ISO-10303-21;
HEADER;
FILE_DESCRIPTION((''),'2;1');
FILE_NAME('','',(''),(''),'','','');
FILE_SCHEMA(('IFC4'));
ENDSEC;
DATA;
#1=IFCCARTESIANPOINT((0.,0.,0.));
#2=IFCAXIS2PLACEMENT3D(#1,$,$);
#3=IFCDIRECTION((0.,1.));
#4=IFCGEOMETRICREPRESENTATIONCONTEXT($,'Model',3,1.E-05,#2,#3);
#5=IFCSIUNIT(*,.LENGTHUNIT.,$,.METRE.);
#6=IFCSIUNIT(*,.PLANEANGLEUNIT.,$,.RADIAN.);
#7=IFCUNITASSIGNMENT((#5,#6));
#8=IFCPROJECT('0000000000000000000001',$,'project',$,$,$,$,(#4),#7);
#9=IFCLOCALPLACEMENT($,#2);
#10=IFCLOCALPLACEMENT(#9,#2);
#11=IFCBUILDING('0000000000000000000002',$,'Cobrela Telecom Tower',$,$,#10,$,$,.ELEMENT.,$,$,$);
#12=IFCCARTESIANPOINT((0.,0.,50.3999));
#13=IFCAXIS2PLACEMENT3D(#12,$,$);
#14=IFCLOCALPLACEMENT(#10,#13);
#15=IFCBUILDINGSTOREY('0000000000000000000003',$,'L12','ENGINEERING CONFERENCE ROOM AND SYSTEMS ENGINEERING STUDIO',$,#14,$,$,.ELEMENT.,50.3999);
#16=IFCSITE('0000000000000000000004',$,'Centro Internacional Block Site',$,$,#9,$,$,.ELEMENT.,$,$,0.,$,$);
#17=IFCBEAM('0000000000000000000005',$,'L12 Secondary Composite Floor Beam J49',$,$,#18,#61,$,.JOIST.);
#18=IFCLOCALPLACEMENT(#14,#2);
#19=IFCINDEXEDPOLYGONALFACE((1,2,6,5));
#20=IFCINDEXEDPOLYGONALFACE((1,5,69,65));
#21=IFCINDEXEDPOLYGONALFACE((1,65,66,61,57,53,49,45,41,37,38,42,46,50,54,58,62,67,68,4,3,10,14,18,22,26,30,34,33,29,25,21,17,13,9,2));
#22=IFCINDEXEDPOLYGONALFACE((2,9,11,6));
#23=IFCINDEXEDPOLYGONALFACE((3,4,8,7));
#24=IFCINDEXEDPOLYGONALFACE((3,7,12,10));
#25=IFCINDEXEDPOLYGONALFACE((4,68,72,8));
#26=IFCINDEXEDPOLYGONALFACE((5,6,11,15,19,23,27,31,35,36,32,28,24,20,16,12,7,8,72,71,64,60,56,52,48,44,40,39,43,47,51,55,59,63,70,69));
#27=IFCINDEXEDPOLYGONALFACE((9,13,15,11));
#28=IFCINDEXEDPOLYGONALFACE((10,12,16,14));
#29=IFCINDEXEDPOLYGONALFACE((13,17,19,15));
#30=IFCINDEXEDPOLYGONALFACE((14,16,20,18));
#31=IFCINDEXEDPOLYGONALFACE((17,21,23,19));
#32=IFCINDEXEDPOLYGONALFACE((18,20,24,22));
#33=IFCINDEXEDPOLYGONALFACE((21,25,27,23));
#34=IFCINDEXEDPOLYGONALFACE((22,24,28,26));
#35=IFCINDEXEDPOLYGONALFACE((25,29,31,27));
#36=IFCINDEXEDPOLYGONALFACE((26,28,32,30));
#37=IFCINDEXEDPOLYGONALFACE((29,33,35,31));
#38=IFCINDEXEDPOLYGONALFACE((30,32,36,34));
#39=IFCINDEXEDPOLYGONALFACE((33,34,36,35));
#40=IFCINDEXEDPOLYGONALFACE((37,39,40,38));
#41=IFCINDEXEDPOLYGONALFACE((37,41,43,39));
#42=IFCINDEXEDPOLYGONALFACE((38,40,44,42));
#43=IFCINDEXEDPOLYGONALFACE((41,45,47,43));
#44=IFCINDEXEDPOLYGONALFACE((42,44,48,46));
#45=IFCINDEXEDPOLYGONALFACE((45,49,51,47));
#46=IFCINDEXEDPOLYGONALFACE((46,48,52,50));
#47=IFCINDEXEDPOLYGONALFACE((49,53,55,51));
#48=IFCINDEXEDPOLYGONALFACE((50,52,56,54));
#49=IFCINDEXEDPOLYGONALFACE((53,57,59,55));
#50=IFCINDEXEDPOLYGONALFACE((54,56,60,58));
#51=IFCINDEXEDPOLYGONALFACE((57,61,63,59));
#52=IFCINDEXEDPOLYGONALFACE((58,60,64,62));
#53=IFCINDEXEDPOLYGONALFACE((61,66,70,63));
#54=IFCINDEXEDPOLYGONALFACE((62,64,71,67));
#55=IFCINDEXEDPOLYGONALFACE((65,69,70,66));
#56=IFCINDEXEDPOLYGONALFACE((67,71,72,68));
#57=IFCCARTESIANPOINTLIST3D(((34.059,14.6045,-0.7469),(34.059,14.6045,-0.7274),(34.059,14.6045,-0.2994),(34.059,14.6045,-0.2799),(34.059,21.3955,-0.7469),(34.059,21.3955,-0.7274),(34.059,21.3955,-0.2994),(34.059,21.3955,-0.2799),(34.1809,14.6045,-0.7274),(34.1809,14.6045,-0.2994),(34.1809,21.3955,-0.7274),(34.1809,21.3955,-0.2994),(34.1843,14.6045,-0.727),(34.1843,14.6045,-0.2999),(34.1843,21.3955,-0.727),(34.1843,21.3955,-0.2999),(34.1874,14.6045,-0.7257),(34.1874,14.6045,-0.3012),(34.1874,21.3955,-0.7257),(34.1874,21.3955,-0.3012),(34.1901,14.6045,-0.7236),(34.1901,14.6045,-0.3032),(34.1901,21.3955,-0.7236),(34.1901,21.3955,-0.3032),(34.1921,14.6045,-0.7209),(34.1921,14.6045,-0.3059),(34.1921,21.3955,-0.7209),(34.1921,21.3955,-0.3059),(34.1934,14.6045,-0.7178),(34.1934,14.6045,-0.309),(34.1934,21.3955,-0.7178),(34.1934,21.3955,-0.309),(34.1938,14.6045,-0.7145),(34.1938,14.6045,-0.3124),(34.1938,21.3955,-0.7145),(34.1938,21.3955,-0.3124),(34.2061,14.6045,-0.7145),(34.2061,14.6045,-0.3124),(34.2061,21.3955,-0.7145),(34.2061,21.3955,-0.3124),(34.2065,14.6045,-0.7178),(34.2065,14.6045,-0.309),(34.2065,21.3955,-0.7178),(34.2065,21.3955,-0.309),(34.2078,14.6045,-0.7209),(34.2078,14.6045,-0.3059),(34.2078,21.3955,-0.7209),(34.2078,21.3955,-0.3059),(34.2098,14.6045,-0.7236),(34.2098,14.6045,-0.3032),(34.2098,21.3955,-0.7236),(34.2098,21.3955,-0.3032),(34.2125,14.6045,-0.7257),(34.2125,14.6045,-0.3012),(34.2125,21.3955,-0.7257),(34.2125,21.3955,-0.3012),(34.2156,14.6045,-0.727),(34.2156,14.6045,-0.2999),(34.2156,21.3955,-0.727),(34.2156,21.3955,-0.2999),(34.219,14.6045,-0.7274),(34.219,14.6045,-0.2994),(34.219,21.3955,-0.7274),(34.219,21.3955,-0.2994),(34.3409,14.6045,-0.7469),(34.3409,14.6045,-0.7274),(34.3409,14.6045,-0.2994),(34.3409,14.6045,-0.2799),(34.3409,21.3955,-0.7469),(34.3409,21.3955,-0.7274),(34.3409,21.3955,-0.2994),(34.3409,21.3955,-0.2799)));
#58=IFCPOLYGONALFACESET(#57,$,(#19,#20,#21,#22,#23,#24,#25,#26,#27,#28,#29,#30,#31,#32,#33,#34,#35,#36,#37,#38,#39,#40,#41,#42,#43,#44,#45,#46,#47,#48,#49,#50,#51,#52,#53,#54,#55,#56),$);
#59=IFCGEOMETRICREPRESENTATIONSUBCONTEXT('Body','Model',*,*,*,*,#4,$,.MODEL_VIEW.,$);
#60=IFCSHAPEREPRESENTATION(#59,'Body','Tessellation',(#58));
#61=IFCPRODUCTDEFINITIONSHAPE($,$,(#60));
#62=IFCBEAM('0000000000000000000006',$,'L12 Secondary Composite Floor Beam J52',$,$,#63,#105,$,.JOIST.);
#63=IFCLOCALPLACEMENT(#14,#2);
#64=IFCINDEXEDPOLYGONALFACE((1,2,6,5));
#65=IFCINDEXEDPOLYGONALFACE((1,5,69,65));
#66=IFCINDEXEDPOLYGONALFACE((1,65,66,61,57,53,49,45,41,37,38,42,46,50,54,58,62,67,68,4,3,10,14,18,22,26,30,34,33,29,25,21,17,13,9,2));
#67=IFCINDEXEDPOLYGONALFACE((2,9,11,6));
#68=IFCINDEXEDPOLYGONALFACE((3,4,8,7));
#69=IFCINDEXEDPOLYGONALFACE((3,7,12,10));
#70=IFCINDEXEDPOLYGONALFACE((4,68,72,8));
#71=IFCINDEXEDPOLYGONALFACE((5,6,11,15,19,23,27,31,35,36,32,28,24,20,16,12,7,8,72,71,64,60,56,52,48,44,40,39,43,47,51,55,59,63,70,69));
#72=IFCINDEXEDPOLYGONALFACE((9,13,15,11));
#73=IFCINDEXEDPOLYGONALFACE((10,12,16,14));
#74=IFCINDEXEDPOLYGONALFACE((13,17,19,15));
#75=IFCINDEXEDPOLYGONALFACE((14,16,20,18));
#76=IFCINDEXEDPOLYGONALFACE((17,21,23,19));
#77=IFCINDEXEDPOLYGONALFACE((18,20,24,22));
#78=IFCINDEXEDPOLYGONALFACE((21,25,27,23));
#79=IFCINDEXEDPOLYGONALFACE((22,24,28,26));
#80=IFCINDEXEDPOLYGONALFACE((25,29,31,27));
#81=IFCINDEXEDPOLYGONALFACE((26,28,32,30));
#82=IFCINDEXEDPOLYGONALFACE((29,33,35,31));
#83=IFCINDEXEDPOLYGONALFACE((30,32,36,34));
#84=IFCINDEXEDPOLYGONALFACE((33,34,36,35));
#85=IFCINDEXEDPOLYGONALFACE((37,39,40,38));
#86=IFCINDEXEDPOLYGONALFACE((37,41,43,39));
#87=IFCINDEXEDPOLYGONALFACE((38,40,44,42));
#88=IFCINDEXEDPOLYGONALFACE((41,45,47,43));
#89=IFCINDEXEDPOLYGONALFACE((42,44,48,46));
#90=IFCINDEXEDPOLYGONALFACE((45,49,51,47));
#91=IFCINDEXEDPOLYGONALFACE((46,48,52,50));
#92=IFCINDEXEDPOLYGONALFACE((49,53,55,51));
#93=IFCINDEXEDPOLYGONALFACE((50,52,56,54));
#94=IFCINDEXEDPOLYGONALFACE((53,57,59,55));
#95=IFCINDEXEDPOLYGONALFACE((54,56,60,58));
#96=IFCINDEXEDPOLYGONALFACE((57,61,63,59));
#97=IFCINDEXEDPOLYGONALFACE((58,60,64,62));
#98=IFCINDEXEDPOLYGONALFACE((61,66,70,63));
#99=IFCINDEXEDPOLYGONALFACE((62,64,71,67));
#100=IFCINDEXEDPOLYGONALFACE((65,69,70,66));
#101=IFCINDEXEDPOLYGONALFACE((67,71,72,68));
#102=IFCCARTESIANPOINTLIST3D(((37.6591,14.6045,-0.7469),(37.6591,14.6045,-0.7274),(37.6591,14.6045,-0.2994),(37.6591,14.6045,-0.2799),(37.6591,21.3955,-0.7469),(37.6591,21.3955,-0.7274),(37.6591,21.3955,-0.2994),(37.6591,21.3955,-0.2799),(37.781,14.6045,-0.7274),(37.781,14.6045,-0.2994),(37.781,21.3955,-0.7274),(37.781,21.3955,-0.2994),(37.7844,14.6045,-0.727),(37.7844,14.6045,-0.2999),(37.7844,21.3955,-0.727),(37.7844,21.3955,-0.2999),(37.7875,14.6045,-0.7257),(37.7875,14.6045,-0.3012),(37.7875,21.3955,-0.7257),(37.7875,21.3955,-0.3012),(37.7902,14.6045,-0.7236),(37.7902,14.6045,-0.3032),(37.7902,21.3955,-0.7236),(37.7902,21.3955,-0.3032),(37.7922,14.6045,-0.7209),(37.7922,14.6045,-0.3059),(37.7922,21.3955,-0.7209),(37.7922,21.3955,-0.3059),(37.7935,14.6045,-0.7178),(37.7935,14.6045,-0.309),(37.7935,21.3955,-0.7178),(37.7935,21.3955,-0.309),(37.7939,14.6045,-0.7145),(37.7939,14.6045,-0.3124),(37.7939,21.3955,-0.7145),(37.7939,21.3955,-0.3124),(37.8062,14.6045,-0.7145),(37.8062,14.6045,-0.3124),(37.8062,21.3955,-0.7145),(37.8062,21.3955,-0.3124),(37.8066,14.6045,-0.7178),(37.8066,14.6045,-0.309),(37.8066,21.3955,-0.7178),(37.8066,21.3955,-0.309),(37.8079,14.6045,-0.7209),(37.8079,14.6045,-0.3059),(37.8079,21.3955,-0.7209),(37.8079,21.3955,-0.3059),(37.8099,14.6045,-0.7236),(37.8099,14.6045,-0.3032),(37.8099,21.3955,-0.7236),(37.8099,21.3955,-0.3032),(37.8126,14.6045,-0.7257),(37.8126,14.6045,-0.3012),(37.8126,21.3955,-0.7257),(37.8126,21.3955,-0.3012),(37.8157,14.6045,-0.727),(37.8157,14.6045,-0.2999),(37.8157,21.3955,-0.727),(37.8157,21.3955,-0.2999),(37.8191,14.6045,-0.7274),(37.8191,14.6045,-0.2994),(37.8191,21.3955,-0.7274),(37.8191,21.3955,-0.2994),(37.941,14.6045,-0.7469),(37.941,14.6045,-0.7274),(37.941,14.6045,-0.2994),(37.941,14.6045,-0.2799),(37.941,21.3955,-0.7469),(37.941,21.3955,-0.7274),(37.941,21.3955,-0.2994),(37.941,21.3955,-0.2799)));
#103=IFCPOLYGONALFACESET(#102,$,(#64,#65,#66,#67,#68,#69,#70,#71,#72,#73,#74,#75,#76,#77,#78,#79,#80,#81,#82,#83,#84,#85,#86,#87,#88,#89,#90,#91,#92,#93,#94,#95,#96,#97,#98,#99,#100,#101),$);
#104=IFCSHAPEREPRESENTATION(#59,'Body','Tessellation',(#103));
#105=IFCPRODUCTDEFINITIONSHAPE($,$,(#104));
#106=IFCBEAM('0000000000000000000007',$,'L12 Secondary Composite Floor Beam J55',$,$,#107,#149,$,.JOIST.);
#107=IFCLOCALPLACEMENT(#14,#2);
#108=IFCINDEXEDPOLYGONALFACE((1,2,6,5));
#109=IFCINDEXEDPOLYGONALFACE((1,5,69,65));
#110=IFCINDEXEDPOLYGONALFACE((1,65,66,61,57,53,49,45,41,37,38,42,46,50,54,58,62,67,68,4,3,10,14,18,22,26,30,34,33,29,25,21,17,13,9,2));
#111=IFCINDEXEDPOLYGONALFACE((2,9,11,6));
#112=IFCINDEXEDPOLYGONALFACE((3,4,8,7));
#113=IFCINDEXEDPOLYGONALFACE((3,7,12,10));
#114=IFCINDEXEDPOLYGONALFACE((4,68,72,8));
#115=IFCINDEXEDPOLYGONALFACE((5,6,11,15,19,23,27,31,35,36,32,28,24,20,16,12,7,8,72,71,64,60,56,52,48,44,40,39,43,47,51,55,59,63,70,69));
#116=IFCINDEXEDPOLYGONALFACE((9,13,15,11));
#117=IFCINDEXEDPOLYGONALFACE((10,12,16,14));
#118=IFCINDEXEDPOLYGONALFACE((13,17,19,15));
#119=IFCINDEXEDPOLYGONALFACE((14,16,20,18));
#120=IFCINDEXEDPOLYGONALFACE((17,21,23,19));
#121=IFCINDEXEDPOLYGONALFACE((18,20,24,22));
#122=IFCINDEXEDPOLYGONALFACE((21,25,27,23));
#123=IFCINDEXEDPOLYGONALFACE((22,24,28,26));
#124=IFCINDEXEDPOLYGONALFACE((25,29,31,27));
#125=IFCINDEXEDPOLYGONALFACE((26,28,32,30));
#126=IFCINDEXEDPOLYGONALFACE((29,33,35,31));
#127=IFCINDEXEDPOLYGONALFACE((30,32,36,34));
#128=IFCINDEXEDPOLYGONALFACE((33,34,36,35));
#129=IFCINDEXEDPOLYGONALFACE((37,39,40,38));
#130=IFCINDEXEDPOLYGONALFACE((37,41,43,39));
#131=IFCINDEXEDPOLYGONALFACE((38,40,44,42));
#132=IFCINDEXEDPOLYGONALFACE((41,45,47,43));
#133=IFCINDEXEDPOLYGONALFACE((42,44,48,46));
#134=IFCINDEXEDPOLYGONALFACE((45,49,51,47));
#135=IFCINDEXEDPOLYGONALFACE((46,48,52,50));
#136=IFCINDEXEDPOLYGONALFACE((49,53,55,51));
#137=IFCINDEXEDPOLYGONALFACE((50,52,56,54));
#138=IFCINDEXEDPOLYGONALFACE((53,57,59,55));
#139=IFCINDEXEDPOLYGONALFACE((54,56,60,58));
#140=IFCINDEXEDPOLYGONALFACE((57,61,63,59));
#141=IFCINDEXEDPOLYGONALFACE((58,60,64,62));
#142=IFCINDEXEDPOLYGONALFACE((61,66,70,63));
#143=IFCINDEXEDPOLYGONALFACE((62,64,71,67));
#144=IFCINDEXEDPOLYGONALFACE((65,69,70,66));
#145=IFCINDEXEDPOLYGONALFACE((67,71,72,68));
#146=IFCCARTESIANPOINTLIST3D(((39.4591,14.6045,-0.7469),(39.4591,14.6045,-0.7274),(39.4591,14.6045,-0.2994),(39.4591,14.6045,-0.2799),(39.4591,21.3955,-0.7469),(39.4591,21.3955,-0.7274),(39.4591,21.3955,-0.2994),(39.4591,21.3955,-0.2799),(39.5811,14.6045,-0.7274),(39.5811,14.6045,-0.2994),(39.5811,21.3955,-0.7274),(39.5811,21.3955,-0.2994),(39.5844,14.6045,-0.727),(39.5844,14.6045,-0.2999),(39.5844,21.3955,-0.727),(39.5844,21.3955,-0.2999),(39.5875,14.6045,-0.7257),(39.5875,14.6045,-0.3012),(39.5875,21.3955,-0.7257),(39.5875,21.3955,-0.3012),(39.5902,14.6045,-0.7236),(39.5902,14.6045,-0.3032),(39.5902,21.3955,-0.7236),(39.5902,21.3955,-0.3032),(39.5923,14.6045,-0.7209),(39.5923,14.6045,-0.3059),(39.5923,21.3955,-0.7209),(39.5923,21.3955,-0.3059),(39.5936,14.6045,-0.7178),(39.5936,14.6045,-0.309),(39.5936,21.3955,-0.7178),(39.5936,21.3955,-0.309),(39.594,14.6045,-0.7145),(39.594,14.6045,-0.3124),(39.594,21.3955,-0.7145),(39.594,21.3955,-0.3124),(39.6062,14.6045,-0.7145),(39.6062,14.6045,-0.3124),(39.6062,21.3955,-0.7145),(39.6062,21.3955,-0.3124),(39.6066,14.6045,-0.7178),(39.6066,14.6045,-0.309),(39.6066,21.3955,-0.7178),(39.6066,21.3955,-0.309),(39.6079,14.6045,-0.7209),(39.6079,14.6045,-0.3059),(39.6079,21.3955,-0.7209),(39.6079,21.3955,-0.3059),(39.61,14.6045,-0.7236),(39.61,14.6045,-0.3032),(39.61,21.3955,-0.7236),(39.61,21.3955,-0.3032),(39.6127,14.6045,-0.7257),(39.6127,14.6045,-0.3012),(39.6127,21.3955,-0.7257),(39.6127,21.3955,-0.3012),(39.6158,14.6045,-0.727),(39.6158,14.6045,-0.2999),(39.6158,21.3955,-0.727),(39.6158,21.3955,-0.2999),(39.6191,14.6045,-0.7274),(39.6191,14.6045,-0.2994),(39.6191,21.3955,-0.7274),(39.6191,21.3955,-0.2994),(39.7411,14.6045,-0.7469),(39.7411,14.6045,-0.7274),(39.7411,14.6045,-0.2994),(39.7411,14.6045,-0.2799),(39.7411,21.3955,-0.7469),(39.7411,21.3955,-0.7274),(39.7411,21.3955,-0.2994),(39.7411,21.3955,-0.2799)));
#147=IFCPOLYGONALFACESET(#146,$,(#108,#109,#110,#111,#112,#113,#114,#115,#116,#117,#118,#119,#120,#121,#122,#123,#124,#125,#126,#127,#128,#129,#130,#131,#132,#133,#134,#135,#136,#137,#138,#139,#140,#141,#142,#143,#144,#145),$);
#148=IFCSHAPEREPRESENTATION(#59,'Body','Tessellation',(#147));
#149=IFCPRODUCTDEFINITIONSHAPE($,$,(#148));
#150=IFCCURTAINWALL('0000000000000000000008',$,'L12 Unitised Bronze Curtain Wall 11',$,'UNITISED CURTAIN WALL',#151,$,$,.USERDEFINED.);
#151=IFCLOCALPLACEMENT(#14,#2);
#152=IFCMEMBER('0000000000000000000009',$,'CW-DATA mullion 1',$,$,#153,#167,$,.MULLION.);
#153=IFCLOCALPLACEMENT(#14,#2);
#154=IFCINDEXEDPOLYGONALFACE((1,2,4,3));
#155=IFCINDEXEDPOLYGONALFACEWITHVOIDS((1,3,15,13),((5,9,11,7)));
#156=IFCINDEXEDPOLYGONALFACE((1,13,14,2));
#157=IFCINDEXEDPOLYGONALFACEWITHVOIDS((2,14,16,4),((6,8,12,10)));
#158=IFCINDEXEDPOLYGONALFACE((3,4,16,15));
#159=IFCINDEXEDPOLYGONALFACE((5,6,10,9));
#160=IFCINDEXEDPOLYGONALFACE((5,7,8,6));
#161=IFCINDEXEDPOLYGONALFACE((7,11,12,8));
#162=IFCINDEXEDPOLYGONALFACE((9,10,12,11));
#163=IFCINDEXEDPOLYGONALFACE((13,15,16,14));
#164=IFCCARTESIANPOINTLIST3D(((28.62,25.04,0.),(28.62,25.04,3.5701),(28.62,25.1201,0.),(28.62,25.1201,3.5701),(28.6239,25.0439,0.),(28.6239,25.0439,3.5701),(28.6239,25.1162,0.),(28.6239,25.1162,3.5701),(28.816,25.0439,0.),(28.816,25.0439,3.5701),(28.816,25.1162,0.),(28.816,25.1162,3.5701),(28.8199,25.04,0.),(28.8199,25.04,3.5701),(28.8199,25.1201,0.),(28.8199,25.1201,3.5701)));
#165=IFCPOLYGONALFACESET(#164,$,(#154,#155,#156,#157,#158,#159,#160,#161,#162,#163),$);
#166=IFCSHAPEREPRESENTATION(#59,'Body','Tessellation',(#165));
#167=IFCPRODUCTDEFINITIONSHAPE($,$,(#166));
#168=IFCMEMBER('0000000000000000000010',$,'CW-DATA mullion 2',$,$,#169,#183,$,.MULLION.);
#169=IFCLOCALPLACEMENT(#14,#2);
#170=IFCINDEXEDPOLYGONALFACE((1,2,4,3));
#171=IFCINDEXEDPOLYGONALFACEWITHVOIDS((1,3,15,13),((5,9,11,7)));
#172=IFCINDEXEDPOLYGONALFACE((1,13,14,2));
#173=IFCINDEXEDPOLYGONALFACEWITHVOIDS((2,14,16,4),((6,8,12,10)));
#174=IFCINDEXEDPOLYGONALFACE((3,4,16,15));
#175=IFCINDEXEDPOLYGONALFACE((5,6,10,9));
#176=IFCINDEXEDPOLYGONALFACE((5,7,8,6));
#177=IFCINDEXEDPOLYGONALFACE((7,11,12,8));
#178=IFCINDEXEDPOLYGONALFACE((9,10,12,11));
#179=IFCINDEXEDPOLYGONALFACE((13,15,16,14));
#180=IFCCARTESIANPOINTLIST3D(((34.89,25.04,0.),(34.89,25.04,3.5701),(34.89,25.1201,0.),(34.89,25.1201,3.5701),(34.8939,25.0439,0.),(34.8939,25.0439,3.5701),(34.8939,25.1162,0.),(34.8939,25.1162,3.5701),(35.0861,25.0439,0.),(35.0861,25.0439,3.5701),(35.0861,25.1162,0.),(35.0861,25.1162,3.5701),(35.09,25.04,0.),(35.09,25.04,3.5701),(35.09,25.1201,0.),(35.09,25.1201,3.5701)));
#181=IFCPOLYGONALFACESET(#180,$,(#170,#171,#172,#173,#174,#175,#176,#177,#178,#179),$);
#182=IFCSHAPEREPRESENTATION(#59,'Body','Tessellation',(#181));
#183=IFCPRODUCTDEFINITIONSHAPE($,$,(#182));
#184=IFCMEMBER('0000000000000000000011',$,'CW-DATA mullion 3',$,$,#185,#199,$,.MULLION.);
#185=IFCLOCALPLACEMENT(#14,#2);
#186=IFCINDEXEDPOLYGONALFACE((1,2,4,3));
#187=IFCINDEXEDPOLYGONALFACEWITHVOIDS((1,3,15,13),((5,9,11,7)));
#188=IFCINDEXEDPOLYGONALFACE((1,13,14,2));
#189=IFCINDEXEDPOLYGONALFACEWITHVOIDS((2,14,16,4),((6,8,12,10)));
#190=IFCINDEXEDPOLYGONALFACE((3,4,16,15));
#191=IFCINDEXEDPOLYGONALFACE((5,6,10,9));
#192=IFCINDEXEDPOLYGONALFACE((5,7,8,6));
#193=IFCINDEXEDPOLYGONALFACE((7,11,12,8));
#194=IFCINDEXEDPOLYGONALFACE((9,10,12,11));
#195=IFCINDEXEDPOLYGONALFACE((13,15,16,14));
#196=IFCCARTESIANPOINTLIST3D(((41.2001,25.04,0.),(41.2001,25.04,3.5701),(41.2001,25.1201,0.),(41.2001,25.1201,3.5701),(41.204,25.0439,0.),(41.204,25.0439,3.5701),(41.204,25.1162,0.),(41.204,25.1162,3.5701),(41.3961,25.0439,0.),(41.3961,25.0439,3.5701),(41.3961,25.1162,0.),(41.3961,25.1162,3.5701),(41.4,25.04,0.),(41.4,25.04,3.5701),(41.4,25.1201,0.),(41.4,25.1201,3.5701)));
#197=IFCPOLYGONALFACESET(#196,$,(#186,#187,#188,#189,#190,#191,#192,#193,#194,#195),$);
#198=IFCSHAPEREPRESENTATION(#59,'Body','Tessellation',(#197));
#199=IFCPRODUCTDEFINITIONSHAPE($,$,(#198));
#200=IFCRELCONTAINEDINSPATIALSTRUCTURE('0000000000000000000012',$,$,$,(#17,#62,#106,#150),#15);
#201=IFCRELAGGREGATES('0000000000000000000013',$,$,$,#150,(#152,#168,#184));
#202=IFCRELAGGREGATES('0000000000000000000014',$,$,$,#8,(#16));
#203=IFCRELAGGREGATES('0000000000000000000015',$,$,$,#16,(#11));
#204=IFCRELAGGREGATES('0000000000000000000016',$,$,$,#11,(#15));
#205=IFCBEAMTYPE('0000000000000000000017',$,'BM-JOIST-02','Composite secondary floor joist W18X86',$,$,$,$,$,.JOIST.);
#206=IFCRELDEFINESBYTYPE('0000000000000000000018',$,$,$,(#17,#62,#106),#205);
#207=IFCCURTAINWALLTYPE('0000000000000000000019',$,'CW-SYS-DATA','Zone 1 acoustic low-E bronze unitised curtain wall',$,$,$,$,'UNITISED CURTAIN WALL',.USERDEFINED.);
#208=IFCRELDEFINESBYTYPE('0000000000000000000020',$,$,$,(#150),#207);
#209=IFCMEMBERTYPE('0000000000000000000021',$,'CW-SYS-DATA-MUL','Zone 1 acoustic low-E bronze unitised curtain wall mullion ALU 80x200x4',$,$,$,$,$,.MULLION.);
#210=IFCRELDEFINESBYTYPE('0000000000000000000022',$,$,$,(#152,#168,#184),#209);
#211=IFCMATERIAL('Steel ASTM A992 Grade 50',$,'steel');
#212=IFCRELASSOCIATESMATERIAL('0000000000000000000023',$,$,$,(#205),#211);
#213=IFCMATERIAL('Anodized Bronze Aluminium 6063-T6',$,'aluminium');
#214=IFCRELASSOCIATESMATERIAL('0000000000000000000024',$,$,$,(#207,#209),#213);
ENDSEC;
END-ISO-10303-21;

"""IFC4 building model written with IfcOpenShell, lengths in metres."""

from ifc_helpers import new_model, si_unit, direction, frame, origin, origin_2d, place, context, subcontext, project, spatial, hollow_rectangle, i_section, extrude, material, material_profile, profile_set, type_object, element, aggregate, save


model = new_model("IFC4")

# Units and contexts
model_context = context("Model", 3, precision=1e-05, world=origin(), true_north=direction((0.0, 1.0)))
body_context = subcontext(model_context, "Body", "Model", "MODEL_VIEW")
ifc_project = project(units=[si_unit("LENGTHUNIT", "METRE"), si_unit("PLANEANGLEUNIT", "RADIAN")], contexts=[model_context])

# Site, building, storey
site_placement = place(None, origin())
site = spatial("IfcSite", under=ifc_project, at=site_placement, Name="Centro Internacional Block Site", CompositionType="ELEMENT", RefElevation=0.0)
building_placement = place(site_placement, origin())
building = spatial("IfcBuilding", under=site, at=building_placement, Name="Cobrela Telecom Tower", CompositionType="ELEMENT")
storey_placement = place(building_placement, frame((0.0, 0.0, 50.3999)))
storey = spatial("IfcBuildingStorey", under=building, at=storey_placement, Name="L12", Description="ENGINEERING CONFERENCE ROOM AND SYSTEMS ENGINEERING STUDIO", CompositionType="ELEMENT", Elevation=50.3999)

# Shared definitions
ifc_material_1 = material(Name="Steel ASTM A992 Grade 50", Category="steel")

# Beams
ifc_material_profile_1 = material_profile(ifc_material_1, i_section(OverallWidth=0.282, OverallDepth=0.467, WebThickness=0.0122, FlangeThickness=0.0195, FilletRadius=0.0129, at=origin_2d()), Name="W18X86")
ifc_profile_set_1 = profile_set([ifc_material_profile_1], Name="Steel ASTM A992 Grade 50")
beam_type_1 = type_object("IfcBeamType", Name="BM-JOIST-02", Description="Composite secondary floor joist W18X86", PredefinedType="JOIST", material=ifc_profile_set_1)
for number, where, z_axis, x_axis, name in (
    (1, (34.2, 14.6045, -0.5134), (0.0, 1.0, 0.0), (-1.0, 0.0, 0.0), "L12 Secondary Composite Floor Beam J49"),
    (2, (37.8, 14.6045, -0.5134), (0.0, 1.0, 0.0), (-1.0, 0.0, 0.0), "L12 Secondary Composite Floor Beam J52"),
    (3, (39.6001, 14.6045, -0.5134), (0.0, 1.0, 0.0), (-1.0, 0.0, 0.0), "L12 Secondary Composite Floor Beam J55"),
):
    element("IfcBeam", number, at=place(storey_placement, frame(where, z_axis=z_axis, x_axis=x_axis)), inside=storey, type_object=beam_type_1, Name=name, PredefinedType="JOIST", context=body_context, shape_type="SweptSolid", body=[
        extrude(i_section(OverallWidth=0.282, OverallDepth=0.467, WebThickness=0.0122, FlangeThickness=0.0195, FilletRadius=0.0129, at=origin_2d()), origin(), (0.0, 0.0, 1.0), 6.791),
    ])

# Curtain wall, members
ifc_material_2 = material(Name="Anodized Bronze Aluminium 6063-T6", Category="aluminium")
curtain_wall_type = type_object("IfcCurtainWallType", Name="CW-SYS-DATA", Description="Zone 1 acoustic low-E bronze unitised curtain wall", ElementType="UNITISED CURTAIN WALL", PredefinedType="USERDEFINED", material=ifc_material_2)
curtain_wall_placement = place(storey_placement, origin())
curtain_wall = element("IfcCurtainWall", 4, at=curtain_wall_placement, inside=storey, type_object=curtain_wall_type, Name="L12 Unitised Bronze Curtain Wall 11", ObjectType="UNITISED CURTAIN WALL", PredefinedType="USERDEFINED")
ifc_material_profile_2 = material_profile(ifc_material_2, hollow_rectangle(XDim=0.0801, YDim=0.2, WallThickness=0.0039, at=origin_2d()), Name="ALU 80x200x4")
ifc_profile_set_2 = profile_set([ifc_material_profile_2], Name="Anodized Bronze Aluminium 6063-T6")
member_type_1 = type_object("IfcMemberType", Name="CW-SYS-DATA-MUL", Description="Zone 1 acoustic low-E bronze unitised curtain wall mullion ALU 80x200x4", PredefinedType="MULLION", material=ifc_profile_set_2)
member_1_placement = place(storey_placement, frame((28.72, 25.0801, 0.0), z_axis=(0.0, 0.0, 1.0), x_axis=(0.0, 1.0, 0.0)))
member_1 = element("IfcMember", 5, at=member_1_placement, type_object=member_type_1, Name="CW-DATA mullion 1", PredefinedType="MULLION", context=body_context, shape_type="SweptSolid", body=[
    extrude(hollow_rectangle(XDim=0.0801, YDim=0.2, WallThickness=0.0039, at=origin_2d()), origin(), (0.0, 0.0, 1.0), 3.5701),
])
member_2_placement = place(storey_placement, frame((34.99, 25.0801, 0.0), z_axis=(0.0, 0.0, 1.0), x_axis=(0.0, 1.0, 0.0)))
member_2 = element("IfcMember", 6, at=member_2_placement, type_object=member_type_1, Name="CW-DATA mullion 2", PredefinedType="MULLION", context=body_context, shape_type="SweptSolid", body=[
    extrude(hollow_rectangle(XDim=0.0801, YDim=0.2, WallThickness=0.0039, at=origin_2d()), origin(), (0.0, 0.0, 1.0), 3.5701),
])
member_3_placement = place(storey_placement, frame((41.3, 25.0801, 0.0), z_axis=(0.0, 0.0, 1.0), x_axis=(0.0, 1.0, 0.0)))
member_3 = element("IfcMember", 7, at=member_3_placement, type_object=member_type_1, Name="CW-DATA mullion 3", PredefinedType="MULLION", context=body_context, shape_type="SweptSolid", body=[
    extrude(hollow_rectangle(XDim=0.0801, YDim=0.2, WallThickness=0.0039, at=origin_2d()), origin(), (0.0, 0.0, 1.0), 3.5701),
])
aggregate(curtain_wall, [member_1, member_2, member_3])

save(model, "model.ifc")
